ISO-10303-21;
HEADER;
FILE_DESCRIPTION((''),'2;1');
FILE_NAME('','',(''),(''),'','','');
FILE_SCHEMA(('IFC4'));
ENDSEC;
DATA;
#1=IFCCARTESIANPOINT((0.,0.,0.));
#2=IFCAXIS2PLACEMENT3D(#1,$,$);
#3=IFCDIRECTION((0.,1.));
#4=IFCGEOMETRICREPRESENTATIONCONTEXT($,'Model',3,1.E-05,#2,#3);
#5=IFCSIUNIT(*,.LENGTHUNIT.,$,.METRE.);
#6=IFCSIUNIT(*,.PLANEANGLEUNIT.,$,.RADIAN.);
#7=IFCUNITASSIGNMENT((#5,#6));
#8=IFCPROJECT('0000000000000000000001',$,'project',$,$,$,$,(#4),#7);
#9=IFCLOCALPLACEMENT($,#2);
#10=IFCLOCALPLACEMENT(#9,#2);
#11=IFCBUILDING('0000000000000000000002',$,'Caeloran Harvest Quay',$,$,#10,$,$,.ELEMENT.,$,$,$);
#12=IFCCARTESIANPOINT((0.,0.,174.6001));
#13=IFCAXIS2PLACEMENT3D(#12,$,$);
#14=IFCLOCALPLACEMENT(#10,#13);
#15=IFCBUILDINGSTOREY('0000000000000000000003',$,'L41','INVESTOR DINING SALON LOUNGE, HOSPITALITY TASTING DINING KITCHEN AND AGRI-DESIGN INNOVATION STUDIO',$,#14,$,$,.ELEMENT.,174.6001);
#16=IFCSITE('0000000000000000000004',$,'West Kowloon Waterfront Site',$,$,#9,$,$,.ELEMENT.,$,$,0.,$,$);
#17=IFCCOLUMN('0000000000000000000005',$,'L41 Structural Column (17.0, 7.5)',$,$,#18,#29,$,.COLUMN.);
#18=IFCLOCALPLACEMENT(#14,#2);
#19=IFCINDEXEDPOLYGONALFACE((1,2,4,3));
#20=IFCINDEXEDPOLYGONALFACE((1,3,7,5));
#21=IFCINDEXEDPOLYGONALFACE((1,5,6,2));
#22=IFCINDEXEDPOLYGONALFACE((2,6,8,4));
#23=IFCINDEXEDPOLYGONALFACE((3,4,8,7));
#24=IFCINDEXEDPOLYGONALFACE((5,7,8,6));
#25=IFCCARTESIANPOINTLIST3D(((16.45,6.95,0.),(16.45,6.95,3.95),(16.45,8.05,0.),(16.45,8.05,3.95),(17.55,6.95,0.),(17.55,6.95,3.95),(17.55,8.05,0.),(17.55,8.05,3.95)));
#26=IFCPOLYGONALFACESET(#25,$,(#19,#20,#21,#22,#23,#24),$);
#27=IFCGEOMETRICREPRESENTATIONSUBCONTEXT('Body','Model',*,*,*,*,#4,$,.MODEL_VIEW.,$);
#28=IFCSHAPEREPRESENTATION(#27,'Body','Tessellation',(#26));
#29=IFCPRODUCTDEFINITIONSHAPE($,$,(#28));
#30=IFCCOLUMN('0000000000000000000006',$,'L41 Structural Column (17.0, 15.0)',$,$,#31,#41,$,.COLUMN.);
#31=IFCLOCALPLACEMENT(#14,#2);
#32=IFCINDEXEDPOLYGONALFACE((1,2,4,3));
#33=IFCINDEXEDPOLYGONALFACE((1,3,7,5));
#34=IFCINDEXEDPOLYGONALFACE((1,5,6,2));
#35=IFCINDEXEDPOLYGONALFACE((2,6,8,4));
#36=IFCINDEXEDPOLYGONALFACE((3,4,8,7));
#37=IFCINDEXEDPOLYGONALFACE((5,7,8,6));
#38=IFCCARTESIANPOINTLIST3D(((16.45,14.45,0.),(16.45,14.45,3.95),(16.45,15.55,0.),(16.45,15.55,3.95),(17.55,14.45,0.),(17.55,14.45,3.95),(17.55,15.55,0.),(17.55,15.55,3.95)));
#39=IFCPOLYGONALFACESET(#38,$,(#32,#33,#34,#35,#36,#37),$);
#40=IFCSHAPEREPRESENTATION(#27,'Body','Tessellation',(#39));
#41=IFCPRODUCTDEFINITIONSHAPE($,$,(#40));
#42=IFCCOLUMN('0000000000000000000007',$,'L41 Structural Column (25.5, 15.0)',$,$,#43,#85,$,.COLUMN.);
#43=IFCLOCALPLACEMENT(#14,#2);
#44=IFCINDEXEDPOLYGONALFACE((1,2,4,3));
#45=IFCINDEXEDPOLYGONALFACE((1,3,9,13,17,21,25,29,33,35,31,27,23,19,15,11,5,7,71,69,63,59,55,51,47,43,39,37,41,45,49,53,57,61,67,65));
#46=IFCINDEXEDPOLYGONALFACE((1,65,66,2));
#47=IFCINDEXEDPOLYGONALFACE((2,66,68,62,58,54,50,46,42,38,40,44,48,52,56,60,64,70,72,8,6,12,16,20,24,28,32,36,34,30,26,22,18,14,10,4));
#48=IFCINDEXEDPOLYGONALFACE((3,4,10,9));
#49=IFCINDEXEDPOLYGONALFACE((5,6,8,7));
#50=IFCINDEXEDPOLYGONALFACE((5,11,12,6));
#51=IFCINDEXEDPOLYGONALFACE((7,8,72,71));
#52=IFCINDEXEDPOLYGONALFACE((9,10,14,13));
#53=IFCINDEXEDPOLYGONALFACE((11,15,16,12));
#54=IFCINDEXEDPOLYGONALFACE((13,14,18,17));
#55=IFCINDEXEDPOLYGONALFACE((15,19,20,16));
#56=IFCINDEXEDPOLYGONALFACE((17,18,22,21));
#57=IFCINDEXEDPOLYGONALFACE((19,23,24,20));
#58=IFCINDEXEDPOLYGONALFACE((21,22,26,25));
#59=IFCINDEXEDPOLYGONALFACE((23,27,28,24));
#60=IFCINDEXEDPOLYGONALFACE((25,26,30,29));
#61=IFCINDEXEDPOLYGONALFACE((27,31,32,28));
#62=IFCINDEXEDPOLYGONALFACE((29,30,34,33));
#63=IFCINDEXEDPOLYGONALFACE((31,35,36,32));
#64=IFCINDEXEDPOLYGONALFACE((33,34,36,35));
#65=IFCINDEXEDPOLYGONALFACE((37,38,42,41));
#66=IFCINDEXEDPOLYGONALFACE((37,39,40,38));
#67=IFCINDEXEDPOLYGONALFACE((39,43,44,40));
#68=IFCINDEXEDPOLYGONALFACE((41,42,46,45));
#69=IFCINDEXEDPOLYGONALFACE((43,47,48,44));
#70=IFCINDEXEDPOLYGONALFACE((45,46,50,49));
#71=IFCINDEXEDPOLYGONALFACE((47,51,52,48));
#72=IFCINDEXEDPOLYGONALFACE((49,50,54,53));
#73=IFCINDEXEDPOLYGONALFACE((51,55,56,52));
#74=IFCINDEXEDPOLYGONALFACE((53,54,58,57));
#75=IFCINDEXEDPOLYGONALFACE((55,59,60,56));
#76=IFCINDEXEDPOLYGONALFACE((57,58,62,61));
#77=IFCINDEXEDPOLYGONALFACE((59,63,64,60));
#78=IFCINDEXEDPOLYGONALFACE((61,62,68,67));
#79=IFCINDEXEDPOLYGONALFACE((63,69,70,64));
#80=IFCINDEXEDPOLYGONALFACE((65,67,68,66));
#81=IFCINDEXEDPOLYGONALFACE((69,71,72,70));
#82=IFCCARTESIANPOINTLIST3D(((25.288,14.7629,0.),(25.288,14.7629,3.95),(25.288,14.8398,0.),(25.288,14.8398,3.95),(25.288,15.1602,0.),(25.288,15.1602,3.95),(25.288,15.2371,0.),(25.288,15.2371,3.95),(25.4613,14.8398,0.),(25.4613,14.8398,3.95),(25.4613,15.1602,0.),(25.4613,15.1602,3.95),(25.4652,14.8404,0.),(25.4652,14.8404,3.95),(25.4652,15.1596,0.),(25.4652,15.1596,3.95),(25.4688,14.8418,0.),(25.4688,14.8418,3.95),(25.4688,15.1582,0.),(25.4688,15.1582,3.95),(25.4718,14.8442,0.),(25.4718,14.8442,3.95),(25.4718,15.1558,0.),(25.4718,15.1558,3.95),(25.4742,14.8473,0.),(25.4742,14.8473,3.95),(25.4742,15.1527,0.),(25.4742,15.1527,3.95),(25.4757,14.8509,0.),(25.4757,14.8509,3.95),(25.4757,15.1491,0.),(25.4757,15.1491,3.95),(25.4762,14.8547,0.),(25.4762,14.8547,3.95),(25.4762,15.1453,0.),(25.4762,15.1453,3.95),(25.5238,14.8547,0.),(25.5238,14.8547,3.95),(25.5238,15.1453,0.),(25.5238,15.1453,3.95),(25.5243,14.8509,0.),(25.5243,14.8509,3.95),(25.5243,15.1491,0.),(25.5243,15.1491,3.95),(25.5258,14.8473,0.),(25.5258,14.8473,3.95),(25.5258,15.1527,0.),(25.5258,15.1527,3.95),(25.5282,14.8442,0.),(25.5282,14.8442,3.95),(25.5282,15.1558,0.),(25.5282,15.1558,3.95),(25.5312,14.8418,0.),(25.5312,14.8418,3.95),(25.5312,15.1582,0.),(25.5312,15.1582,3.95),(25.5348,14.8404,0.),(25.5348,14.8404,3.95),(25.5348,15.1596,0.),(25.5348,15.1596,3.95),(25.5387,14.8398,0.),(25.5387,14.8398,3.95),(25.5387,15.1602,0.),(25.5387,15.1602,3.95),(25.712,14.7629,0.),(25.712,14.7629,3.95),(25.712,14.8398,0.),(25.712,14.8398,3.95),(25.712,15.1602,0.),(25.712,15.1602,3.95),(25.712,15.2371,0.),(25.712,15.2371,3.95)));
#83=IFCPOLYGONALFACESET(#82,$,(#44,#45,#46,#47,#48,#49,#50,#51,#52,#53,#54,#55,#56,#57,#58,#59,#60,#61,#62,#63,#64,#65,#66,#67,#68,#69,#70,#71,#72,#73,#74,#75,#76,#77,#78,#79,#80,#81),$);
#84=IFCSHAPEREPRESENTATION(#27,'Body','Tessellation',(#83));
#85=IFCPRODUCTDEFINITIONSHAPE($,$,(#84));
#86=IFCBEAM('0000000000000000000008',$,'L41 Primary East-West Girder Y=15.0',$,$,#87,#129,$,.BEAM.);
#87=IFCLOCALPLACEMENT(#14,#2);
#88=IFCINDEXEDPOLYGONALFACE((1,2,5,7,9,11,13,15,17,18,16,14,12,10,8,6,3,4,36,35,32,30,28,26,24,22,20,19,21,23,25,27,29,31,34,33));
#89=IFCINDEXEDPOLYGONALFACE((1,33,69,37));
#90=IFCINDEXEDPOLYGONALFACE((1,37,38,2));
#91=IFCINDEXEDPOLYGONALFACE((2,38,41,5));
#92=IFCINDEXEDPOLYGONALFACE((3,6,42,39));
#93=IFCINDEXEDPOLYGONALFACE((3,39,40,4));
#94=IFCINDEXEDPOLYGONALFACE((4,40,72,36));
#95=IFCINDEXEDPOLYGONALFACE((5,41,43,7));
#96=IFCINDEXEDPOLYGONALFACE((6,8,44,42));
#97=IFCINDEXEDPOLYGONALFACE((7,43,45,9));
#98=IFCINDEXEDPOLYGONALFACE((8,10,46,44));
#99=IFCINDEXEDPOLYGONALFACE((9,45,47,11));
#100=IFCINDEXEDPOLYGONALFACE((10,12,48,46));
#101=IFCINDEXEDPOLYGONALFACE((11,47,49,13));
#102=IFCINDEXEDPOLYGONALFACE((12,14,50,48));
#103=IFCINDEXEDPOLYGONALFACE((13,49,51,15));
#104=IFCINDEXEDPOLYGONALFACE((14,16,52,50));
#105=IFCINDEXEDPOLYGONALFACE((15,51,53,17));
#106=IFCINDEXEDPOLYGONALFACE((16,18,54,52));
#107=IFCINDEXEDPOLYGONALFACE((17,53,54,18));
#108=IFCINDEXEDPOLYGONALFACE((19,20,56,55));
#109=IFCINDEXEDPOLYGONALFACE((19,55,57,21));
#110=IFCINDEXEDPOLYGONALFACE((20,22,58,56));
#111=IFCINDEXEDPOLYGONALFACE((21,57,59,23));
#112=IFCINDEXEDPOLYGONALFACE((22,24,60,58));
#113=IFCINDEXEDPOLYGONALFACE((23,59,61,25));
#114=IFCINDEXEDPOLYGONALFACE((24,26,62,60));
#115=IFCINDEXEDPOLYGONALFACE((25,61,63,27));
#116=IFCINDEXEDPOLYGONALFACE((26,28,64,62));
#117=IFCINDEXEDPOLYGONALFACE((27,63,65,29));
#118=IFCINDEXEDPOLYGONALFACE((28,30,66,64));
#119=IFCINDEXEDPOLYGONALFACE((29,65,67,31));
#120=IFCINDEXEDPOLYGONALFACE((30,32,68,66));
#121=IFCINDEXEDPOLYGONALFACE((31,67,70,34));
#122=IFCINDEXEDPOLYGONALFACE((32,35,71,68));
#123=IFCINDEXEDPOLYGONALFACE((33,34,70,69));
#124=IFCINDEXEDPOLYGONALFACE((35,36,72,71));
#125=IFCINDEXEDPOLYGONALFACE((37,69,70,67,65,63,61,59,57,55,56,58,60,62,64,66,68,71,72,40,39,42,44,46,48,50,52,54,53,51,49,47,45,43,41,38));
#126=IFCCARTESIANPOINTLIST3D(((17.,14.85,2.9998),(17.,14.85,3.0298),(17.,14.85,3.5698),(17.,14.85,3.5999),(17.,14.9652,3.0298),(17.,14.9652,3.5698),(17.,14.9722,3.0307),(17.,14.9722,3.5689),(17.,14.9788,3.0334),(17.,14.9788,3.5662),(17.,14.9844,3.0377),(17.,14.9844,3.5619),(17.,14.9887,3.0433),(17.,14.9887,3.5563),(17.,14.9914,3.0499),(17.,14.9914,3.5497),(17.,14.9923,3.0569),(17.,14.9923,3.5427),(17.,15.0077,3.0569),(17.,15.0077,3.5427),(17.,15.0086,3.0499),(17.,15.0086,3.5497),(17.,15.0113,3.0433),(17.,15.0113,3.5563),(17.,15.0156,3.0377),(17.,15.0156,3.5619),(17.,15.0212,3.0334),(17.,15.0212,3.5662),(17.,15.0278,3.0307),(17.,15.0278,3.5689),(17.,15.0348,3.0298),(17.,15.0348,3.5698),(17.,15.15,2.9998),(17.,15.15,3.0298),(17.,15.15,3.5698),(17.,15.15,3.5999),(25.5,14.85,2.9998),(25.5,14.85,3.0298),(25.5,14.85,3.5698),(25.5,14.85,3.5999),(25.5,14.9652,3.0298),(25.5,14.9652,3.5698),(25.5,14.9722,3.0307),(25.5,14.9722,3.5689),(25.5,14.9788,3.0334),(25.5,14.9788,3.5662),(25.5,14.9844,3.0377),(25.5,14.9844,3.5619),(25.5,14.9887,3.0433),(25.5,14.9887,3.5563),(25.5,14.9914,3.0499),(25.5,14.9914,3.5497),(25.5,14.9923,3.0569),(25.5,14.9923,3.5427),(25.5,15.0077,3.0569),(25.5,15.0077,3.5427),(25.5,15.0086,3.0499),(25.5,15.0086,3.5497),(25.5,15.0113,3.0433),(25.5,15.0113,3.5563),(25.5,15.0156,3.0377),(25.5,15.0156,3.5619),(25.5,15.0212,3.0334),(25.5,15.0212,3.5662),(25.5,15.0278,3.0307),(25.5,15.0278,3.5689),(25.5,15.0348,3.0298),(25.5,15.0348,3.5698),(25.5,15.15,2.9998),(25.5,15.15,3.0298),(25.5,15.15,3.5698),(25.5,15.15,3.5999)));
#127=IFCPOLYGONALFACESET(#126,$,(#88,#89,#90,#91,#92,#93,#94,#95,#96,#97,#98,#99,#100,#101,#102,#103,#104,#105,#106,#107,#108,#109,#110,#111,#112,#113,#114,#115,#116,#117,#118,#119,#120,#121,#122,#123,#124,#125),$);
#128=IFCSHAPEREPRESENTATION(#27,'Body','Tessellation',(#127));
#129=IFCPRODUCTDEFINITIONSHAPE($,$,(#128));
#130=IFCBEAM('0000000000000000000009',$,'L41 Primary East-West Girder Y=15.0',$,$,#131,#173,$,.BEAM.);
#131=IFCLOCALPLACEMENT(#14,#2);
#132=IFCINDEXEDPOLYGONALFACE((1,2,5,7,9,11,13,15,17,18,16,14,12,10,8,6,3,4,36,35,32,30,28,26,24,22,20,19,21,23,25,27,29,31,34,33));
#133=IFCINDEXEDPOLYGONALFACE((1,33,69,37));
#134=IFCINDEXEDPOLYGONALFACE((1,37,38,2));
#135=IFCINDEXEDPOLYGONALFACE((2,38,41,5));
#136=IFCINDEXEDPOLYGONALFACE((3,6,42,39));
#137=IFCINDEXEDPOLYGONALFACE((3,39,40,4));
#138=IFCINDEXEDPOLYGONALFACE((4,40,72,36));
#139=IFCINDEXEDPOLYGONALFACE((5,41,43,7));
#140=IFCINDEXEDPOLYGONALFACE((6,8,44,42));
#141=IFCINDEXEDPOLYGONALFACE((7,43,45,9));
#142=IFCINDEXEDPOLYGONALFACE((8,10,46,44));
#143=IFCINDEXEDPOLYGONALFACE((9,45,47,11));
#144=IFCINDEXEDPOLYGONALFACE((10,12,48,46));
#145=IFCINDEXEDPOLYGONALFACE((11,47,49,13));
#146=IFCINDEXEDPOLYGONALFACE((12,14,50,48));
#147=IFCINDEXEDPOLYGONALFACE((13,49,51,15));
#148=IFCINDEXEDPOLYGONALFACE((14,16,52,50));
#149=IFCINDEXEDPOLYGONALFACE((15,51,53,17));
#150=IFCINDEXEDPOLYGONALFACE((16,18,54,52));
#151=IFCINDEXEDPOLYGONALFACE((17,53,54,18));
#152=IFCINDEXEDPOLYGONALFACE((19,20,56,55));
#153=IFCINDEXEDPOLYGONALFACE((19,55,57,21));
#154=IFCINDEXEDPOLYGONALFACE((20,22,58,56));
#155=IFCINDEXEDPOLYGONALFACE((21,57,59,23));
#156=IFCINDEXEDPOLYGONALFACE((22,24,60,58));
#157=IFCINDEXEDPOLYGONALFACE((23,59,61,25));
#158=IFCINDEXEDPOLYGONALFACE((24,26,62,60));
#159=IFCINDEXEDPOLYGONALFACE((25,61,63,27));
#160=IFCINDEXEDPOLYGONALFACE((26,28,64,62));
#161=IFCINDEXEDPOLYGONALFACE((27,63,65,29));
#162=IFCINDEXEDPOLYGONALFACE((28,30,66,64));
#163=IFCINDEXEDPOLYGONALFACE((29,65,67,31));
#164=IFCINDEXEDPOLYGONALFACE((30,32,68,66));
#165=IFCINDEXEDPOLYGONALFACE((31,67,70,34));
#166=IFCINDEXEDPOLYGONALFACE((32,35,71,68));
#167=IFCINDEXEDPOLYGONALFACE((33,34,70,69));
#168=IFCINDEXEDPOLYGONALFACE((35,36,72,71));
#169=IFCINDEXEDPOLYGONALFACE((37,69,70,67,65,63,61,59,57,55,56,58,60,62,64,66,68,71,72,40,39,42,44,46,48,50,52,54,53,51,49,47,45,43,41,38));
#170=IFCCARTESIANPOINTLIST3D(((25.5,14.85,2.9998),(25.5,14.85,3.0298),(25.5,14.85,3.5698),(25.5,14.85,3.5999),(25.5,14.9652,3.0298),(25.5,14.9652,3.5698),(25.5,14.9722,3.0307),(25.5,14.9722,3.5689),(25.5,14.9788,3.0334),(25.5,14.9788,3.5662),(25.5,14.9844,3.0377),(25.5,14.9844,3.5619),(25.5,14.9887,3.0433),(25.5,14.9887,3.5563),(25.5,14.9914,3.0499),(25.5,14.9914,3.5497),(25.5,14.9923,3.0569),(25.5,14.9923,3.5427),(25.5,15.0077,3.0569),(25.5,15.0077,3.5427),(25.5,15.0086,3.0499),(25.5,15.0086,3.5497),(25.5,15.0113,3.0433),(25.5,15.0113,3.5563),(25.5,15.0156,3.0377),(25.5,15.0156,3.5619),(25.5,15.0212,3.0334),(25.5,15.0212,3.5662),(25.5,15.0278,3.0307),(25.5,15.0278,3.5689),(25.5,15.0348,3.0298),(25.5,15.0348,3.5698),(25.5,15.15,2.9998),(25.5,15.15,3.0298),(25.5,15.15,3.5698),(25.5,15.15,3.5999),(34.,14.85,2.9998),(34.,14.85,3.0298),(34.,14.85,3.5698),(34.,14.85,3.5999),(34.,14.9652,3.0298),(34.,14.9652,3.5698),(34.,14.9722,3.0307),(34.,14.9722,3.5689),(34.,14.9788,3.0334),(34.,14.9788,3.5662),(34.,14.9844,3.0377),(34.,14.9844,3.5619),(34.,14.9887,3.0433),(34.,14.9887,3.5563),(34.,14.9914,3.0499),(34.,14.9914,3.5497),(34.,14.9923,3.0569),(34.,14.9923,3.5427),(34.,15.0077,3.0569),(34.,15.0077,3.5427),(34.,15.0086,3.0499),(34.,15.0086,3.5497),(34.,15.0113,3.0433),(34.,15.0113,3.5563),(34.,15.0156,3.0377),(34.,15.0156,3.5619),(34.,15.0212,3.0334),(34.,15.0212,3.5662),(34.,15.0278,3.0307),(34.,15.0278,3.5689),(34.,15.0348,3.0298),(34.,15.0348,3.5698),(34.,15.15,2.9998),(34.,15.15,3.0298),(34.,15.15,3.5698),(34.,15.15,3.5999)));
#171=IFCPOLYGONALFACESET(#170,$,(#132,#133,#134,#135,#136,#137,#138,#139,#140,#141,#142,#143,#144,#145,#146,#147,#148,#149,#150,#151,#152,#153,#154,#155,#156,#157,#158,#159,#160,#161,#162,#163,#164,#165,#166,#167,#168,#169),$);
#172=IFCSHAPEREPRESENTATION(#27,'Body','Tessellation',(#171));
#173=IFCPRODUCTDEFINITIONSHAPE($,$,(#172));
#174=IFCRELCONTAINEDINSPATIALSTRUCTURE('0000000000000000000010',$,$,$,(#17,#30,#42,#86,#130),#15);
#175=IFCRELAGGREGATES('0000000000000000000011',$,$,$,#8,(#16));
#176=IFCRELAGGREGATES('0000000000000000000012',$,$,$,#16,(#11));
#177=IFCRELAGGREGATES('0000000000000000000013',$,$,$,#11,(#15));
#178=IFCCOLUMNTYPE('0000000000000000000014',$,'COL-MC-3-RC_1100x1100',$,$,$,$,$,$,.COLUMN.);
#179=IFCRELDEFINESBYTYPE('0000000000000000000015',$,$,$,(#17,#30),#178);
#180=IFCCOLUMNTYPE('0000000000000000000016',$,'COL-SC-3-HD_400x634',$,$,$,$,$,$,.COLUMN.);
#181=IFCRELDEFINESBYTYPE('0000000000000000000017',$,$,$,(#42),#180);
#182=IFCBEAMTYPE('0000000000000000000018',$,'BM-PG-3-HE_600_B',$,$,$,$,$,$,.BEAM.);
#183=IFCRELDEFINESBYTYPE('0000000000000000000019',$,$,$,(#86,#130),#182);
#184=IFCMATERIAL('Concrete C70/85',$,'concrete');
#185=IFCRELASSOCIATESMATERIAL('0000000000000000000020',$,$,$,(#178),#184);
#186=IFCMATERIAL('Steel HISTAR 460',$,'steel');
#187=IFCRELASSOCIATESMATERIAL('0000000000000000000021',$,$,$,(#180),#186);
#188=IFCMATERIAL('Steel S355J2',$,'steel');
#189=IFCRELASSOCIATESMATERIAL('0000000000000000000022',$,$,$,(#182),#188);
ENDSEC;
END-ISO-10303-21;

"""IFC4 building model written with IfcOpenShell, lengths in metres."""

from ifc_helpers import new_model, si_unit, direction, frame, origin, origin_2d, place, context, subcontext, project, spatial, rectangle, i_section, extrude, material, material_profile, profile_set, type_object, element, save


model = new_model("IFC4")

# Units and contexts
model_context = context("Model", 3, precision=1e-05, world=origin(), true_north=direction((0.0, 1.0)))
body_context = subcontext(model_context, "Body", "Model", "MODEL_VIEW")
ifc_project = project(units=[si_unit("LENGTHUNIT", "METRE"), si_unit("PLANEANGLEUNIT", "RADIAN")], contexts=[model_context])

# Site, building, storey
site_placement = place(None, origin())
site = spatial("IfcSite", under=ifc_project, at=site_placement, Name="West Kowloon Waterfront Site", CompositionType="ELEMENT", RefElevation=0.0)
building_placement = place(site_placement, origin())
building = spatial("IfcBuilding", under=site, at=building_placement, Name="Caeloran Harvest Quay", CompositionType="ELEMENT")
storey_placement = place(building_placement, frame((0.0, 0.0, 174.6001)))
storey = spatial("IfcBuildingStorey", under=building, at=storey_placement, Name="L41", Description="INVESTOR DINING SALON LOUNGE, HOSPITALITY TASTING DINING KITCHEN AND AGRI-DESIGN INNOVATION STUDIO", CompositionType="ELEMENT", Elevation=174.6001)

# Columns
ifc_material_1 = material(Name="Concrete C70/85", Category="concrete")
ifc_material_profile_1 = material_profile(ifc_material_1, rectangle(XDim=1.1001, YDim=1.1001, at=origin_2d()), Name="RC 1100x1100")
ifc_profile_set_1 = profile_set([ifc_material_profile_1], Name="Concrete C70/85")
column_type_1 = type_object("IfcColumnType", Name="COL-MC-3-RC_1100x1100", PredefinedType="COLUMN", material=ifc_profile_set_1)
for number, where, z_axis, x_axis, name in (
    (1, (17.0, 7.5, 0.0), (0.0, 0.0, 1.0), (1.0, 0.0, 0.0), "L41 Structural Column (17.0, 7.5)"),
    (2, (17.0, 15.0, 0.0), (0.0, 0.0, 1.0), (1.0, 0.0, 0.0), "L41 Structural Column (17.0, 15.0)"),
):
    element("IfcColumn", number, at=place(storey_placement, frame(where, z_axis=z_axis, x_axis=x_axis)), inside=storey, type_object=column_type_1, Name=name, PredefinedType="COLUMN", context=body_context, shape_type="SweptSolid", body=[
        extrude(rectangle(XDim=1.1001, YDim=1.1001, at=origin_2d()), origin(), (0.0, 0.0, 1.0), 3.95),
    ])
ifc_material_2 = material(Name="Steel HISTAR 460", Category="steel")
ifc_material_profile_2 = material_profile(ifc_material_2, i_section(OverallWidth=0.4241, OverallDepth=0.4741, WebThickness=0.0476, FlangeThickness=0.0769, FilletRadius=0.0149, at=origin_2d()), Name="HD 400x634")
ifc_profile_set_2 = profile_set([ifc_material_profile_2], Name="Steel HISTAR 460")
column_type_2 = type_object("IfcColumnType", Name="COL-SC-3-HD_400x634", PredefinedType="COLUMN", material=ifc_profile_set_2)
column_placement = place(storey_placement, frame((25.5, 15.0, 0.0), z_axis=(0.0, 0.0, 1.0), x_axis=(1.0, 0.0, 0.0)))
element("IfcColumn", 3, at=column_placement, inside=storey, type_object=column_type_2, Name="L41 Structural Column (25.5, 15.0)", PredefinedType="COLUMN", context=body_context, shape_type="SweptSolid", body=[
    extrude(i_section(OverallWidth=0.4241, OverallDepth=0.4741, WebThickness=0.0476, FlangeThickness=0.0769, FilletRadius=0.0149, at=origin_2d()), origin(), (0.0, 0.0, 1.0), 3.95),
])

# Beams
ifc_material_3 = material(Name="Steel S355J2", Category="steel")
ifc_material_profile_3 = material_profile(ifc_material_3, i_section(OverallWidth=0.3, OverallDepth=0.6001, WebThickness=0.0154, FlangeThickness=0.03, FilletRadius=0.0271, at=origin_2d()), Name="HE 600 B")
ifc_profile_set_3 = profile_set([ifc_material_profile_3], Name="Steel S355J2")
beam_type_1 = type_object("IfcBeamType", Name="BM-PG-3-HE_600_B", PredefinedType="BEAM", material=ifc_profile_set_3)
for number, where, z_axis, x_axis, name in (
    (4, (17.0, 15.0, 3.2998), (1.0, 0.0, 0.0), (0.0, 1.0, 0.0), "L41 Primary East-West Girder Y=15.0"),
    (5, (25.5, 15.0, 3.2998), (1.0, 0.0, 0.0), (0.0, 1.0, 0.0), "L41 Primary East-West Girder Y=15.0"),
):
    element("IfcBeam", number, at=place(storey_placement, frame(where, z_axis=z_axis, x_axis=x_axis)), inside=storey, type_object=beam_type_1, Name=name, PredefinedType="BEAM", context=body_context, shape_type="SweptSolid", body=[
        extrude(i_section(OverallWidth=0.3, OverallDepth=0.6001, WebThickness=0.0154, FlangeThickness=0.03, FilletRadius=0.0271, at=origin_2d()), origin(), (0.0, 0.0, 1.0), 8.5),
    ])

save(model, "model.ifc")
